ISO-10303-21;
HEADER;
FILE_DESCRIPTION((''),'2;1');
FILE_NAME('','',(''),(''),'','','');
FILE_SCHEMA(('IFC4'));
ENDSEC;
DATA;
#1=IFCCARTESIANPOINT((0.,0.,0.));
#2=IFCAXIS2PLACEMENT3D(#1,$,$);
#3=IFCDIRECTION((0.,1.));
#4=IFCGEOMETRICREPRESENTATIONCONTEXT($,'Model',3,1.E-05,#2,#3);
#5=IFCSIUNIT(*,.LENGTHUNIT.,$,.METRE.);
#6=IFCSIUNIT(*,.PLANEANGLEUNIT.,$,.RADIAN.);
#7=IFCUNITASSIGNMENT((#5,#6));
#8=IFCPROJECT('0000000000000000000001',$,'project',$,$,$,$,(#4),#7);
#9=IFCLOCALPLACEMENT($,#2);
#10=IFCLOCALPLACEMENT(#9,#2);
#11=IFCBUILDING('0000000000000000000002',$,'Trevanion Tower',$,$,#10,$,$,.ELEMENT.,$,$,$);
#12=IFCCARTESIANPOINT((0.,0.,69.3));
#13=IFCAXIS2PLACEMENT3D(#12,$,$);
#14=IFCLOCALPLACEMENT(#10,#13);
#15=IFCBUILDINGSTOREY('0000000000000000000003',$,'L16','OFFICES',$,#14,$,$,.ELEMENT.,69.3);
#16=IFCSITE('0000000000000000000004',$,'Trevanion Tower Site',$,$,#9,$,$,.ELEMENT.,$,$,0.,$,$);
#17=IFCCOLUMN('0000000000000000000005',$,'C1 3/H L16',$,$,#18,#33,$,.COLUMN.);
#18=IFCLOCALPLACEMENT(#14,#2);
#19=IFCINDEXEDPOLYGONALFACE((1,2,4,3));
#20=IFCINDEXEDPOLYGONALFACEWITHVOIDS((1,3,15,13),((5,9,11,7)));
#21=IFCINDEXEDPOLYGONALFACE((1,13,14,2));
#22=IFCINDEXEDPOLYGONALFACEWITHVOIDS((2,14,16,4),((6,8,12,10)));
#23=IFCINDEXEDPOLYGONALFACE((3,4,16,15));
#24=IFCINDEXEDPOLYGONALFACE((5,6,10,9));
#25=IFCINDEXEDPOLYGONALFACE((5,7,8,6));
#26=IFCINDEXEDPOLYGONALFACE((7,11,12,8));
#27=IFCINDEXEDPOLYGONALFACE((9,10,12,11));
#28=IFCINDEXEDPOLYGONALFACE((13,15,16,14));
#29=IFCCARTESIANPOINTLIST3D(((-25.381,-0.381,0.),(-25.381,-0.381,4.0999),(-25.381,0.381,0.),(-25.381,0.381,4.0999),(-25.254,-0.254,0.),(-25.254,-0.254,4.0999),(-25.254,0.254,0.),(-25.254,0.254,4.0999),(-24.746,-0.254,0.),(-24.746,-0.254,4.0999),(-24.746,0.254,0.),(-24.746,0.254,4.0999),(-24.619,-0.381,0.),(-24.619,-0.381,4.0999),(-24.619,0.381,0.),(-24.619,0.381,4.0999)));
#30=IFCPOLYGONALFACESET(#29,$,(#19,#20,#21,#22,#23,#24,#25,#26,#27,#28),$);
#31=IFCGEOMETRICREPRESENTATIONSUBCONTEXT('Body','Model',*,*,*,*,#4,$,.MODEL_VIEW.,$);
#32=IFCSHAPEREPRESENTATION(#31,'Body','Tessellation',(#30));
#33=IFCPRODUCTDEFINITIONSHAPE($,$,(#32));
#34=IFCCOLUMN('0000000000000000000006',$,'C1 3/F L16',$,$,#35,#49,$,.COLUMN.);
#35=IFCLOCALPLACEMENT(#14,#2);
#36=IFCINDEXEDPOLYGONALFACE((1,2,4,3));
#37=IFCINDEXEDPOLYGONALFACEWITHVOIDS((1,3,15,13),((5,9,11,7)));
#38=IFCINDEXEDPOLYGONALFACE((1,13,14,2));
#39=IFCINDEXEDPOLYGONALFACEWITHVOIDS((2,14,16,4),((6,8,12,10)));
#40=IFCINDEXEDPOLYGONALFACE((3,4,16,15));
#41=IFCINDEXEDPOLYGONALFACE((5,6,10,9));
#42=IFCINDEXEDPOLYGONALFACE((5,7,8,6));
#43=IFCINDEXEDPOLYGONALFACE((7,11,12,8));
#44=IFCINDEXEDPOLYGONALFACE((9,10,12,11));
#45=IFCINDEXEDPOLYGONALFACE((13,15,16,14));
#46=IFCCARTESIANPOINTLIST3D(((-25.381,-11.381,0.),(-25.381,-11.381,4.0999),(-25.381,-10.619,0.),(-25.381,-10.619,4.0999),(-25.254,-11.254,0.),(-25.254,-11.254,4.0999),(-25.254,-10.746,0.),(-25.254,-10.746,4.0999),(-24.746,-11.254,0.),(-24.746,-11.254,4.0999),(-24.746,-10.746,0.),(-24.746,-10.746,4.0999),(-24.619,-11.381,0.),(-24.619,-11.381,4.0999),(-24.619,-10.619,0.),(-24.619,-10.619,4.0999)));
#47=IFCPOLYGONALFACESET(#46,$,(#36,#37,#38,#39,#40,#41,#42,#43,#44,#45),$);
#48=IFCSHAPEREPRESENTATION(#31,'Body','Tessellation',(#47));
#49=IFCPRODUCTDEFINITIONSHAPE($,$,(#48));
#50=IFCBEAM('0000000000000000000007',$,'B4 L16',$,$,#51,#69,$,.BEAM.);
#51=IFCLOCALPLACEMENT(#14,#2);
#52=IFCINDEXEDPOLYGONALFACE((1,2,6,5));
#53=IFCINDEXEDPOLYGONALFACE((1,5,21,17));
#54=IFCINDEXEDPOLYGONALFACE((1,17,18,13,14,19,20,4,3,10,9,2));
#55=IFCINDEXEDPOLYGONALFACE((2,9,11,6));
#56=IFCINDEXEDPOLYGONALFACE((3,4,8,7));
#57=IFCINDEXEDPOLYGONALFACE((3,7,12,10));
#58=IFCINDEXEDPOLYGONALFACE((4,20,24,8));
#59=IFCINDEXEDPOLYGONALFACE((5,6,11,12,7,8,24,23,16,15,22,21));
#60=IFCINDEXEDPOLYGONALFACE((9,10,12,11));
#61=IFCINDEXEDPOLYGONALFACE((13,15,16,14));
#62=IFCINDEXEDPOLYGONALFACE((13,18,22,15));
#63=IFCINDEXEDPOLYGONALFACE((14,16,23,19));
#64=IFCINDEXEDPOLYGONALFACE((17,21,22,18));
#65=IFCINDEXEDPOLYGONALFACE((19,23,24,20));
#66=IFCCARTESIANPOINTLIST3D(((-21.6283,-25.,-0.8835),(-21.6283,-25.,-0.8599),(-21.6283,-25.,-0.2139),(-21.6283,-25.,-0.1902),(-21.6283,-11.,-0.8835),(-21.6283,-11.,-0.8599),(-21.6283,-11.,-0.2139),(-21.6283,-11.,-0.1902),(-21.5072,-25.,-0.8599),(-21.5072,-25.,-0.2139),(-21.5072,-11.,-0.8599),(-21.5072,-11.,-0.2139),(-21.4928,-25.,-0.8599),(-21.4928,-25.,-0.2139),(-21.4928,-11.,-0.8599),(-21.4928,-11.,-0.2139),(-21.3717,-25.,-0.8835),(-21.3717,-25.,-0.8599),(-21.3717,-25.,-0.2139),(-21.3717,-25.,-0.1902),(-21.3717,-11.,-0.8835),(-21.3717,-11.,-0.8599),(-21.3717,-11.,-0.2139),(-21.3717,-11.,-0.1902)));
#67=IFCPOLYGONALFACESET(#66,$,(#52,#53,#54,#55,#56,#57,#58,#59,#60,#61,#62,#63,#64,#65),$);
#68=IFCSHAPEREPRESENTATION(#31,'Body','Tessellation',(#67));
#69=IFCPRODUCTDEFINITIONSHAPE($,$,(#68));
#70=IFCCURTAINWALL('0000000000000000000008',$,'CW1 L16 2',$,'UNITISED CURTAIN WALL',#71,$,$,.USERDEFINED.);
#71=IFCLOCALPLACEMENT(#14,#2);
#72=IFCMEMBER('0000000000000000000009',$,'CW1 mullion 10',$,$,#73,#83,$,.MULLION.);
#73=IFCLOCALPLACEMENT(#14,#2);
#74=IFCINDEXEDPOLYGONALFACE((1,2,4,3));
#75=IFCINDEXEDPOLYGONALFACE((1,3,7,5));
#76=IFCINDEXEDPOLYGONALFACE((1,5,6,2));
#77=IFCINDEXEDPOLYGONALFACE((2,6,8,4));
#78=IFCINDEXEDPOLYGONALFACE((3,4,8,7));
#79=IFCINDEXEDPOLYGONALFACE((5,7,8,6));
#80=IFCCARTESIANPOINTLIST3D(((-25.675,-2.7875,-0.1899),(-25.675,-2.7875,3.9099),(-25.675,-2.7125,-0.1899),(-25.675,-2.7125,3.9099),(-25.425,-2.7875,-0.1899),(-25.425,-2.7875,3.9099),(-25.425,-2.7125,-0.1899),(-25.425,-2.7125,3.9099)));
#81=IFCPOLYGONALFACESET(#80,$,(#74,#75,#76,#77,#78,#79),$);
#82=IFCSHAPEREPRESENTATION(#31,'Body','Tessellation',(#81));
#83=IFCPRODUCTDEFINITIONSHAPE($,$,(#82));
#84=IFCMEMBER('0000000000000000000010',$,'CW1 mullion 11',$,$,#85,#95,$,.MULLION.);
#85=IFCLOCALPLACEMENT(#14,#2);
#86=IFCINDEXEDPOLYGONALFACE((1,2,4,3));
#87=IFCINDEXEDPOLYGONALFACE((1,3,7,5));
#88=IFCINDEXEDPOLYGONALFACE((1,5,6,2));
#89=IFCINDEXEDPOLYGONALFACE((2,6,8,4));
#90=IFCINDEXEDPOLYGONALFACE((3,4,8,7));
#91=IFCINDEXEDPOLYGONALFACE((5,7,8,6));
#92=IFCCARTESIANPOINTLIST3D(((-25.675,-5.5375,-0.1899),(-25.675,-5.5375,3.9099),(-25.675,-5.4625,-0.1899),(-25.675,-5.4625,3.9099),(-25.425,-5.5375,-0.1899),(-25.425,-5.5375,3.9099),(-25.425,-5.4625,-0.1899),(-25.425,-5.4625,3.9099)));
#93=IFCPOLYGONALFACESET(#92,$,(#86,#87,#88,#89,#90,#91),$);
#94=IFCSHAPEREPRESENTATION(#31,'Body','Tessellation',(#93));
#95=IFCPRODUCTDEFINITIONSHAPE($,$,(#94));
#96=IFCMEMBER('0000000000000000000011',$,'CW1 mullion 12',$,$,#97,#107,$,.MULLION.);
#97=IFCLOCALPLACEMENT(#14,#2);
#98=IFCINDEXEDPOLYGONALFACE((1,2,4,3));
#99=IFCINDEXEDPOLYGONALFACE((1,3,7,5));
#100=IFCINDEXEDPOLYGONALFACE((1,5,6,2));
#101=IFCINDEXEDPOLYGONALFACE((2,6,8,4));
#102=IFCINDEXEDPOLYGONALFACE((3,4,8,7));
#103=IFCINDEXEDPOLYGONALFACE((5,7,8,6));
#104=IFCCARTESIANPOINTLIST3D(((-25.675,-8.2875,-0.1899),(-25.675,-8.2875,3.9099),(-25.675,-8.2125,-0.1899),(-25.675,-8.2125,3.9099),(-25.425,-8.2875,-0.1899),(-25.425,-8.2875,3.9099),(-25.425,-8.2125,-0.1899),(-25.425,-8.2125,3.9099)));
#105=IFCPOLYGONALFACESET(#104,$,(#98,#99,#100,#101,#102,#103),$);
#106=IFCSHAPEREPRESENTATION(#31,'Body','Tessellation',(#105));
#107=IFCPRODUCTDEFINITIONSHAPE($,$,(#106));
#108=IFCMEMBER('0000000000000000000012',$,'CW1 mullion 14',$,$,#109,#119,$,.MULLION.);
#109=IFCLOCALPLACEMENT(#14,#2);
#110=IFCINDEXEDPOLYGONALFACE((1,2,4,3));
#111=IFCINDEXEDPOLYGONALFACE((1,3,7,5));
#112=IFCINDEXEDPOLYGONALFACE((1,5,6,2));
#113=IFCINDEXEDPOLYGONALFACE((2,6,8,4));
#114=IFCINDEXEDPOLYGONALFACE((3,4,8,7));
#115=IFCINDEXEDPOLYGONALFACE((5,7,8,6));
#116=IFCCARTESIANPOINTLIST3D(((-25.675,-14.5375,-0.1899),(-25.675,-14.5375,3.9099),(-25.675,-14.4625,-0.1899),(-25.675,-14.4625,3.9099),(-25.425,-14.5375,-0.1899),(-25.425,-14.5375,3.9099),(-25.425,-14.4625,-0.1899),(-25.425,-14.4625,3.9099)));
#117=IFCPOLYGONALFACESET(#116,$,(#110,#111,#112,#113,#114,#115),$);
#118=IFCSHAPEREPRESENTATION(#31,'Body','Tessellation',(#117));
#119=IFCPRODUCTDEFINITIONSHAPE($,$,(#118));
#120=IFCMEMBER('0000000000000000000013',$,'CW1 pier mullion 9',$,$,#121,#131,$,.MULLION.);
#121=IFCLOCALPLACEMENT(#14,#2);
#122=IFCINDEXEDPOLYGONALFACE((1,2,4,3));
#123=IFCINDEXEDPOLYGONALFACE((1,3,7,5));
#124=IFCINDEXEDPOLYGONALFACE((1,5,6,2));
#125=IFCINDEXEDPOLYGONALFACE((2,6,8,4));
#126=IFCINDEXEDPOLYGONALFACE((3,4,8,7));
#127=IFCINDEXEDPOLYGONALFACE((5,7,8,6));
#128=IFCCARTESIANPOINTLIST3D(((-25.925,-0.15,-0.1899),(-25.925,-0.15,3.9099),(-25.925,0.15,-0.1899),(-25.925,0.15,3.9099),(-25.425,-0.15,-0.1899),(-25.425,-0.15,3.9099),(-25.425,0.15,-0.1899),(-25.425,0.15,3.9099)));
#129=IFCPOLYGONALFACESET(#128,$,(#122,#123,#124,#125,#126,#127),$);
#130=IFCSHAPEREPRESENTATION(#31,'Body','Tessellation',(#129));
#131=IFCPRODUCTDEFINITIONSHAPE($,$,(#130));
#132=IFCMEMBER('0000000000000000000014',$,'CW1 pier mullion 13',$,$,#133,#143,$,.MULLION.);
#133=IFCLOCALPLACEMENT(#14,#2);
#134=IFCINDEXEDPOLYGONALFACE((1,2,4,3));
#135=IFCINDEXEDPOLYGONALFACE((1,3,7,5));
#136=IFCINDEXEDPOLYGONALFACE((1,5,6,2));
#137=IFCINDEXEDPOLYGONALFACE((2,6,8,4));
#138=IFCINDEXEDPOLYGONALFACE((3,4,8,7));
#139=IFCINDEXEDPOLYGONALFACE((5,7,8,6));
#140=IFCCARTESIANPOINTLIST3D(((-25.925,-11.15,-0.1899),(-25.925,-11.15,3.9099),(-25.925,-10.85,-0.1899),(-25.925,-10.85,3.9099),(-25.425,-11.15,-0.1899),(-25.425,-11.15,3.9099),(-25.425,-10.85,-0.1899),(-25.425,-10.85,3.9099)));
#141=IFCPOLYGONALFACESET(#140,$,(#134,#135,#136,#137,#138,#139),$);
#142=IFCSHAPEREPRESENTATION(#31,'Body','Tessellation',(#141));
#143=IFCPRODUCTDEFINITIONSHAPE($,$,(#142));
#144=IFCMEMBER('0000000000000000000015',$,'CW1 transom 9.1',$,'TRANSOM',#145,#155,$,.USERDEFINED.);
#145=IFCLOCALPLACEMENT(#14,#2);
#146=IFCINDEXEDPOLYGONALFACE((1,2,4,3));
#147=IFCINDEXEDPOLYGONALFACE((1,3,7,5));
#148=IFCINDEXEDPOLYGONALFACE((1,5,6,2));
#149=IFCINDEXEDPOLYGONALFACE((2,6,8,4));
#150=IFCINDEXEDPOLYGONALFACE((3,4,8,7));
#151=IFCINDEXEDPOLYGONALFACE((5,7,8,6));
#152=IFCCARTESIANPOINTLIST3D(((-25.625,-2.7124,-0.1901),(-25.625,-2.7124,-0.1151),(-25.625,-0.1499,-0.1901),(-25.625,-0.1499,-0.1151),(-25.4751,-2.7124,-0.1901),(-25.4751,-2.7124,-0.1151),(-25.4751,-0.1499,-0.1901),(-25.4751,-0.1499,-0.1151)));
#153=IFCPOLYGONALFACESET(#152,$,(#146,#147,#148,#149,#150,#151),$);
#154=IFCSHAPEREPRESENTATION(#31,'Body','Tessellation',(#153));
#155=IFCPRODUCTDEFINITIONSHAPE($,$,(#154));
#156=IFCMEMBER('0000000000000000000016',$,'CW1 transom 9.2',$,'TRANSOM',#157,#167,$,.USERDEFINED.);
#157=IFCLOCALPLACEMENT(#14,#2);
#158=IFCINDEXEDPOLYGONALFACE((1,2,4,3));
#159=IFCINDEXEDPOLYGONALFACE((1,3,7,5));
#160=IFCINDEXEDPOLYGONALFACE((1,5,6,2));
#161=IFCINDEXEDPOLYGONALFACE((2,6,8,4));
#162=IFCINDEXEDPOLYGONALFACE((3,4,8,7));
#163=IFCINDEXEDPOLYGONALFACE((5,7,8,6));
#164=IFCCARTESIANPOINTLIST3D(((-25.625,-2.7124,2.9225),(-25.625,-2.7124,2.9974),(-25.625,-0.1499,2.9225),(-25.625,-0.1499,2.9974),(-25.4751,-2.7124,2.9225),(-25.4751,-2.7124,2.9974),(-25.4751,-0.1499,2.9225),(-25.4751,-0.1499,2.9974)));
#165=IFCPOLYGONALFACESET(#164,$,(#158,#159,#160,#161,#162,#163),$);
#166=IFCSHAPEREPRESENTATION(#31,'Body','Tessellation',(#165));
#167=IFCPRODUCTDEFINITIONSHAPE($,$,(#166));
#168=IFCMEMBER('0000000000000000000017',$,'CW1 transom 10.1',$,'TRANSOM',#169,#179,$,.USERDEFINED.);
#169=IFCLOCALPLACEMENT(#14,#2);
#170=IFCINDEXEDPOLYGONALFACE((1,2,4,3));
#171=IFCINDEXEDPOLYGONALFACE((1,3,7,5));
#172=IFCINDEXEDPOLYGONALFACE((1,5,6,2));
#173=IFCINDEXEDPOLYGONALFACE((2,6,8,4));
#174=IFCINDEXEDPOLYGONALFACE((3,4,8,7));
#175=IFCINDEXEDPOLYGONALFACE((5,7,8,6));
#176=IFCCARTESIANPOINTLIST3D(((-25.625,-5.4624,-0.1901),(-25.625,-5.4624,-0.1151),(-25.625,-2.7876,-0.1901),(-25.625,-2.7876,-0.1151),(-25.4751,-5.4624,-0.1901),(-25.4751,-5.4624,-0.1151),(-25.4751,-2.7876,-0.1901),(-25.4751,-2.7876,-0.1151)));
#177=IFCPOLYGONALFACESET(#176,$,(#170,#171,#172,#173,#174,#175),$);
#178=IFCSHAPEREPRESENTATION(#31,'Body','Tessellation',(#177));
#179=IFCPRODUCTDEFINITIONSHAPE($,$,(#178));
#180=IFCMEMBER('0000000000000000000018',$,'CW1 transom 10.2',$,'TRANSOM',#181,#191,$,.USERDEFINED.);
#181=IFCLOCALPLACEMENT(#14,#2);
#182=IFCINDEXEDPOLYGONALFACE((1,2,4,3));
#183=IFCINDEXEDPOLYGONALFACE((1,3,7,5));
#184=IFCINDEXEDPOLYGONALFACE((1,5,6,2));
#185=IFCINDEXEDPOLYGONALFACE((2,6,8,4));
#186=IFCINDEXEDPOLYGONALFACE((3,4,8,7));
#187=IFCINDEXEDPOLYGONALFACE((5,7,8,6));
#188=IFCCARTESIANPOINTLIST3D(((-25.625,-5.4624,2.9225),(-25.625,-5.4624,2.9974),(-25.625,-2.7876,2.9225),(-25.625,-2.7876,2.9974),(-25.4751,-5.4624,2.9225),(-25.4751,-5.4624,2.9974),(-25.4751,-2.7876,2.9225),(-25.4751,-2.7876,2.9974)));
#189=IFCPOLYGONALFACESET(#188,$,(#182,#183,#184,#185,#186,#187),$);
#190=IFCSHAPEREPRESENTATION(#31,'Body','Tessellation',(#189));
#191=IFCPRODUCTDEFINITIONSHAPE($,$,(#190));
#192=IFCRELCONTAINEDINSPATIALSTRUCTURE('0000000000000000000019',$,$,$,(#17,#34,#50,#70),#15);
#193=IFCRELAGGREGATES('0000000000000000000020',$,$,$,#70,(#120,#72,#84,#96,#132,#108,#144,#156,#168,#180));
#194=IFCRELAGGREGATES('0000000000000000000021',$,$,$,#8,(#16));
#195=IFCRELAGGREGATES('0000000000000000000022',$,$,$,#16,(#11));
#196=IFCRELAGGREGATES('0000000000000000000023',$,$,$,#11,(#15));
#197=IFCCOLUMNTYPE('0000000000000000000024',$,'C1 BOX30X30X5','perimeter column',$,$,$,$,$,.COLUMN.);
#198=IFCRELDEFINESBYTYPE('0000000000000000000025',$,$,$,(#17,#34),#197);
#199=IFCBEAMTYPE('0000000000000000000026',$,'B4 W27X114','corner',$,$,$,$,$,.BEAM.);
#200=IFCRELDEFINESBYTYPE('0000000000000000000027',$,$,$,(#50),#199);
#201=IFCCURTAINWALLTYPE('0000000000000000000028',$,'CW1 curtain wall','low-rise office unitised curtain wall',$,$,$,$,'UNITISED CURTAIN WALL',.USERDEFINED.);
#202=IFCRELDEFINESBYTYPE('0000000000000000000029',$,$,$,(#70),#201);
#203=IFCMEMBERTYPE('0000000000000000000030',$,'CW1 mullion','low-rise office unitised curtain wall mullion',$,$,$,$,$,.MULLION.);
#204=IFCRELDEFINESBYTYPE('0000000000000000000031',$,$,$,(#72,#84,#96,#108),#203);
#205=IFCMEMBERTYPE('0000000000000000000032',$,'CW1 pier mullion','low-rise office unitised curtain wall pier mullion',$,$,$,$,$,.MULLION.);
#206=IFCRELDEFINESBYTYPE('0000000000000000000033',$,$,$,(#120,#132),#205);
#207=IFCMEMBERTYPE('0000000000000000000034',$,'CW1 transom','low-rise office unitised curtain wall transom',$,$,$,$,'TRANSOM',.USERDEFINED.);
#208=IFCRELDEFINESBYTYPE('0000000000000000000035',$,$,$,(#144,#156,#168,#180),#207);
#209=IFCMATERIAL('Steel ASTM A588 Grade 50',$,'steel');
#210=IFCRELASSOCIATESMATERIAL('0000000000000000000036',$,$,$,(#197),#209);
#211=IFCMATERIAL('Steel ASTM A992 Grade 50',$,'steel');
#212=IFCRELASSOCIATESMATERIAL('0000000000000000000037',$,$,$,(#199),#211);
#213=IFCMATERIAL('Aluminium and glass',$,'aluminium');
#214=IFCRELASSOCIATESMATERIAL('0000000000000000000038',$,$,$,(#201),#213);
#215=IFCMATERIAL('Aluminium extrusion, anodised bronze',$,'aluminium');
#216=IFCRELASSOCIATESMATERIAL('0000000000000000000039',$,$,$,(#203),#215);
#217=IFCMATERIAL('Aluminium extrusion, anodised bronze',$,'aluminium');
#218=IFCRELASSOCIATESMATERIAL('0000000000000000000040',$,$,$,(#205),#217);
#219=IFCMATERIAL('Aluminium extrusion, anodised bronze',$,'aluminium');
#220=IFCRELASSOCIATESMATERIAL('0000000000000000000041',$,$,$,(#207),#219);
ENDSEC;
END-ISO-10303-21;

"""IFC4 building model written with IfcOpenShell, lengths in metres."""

from ifc_helpers import new_model, si_unit, direction, frame, origin, origin_2d, place, context, subcontext, project, spatial, rectangle, hollow_rectangle, i_section, extrude, material, material_profile, profile_set, type_object, element, aggregate, save


model = new_model("IFC4")

# Units and contexts
model_context = context("Model", 3, precision=1e-05, world=origin(), true_north=direction((0.0, 1.0)))
body_context = subcontext(model_context, "Body", "Model", "MODEL_VIEW")
ifc_project = project(units=[si_unit("LENGTHUNIT", "METRE"), si_unit("PLANEANGLEUNIT", "RADIAN")], contexts=[model_context])

# Site, building, storey
site_placement = place(None, origin())
site = spatial("IfcSite", under=ifc_project, at=site_placement, Name="Trevanion Tower Site", CompositionType="ELEMENT", RefElevation=0.0)
building_placement = place(site_placement, origin())
building = spatial("IfcBuilding", under=site, at=building_placement, Name="Trevanion Tower", CompositionType="ELEMENT")
storey_placement = place(building_placement, frame((0.0, 0.0, 69.3)))
storey = spatial("IfcBuildingStorey", under=building, at=storey_placement, Name="L16", Description="OFFICES", CompositionType="ELEMENT", Elevation=69.3)

# Columns
ifc_material_1 = material(Name="Steel ASTM A588 Grade 50", Category="steel")
ifc_material_profile_1 = material_profile(ifc_material_1, hollow_rectangle(XDim=0.762, YDim=0.762, WallThickness=0.127, at=origin_2d()), Name="BOX30X30X5")
ifc_profile_set_1 = profile_set([ifc_material_profile_1], Name="Steel ASTM A588 Grade 50")
column_type = type_object("IfcColumnType", Name="C1 BOX30X30X5", Description="perimeter column", PredefinedType="COLUMN", material=ifc_profile_set_1)
for number, where, z_axis, x_axis, name in (
    (1, (-25.0, 0.0, 0.0), (0.0, 0.0, 1.0), (0.0, 1.0, 0.0), "C1 3/H L16"),
    (2, (-25.0, -11.0, 0.0), (0.0, 0.0, 1.0), (0.0, 1.0, 0.0), "C1 3/F L16"),
):
    element("IfcColumn", number, at=place(storey_placement, frame(where, z_axis=z_axis, x_axis=x_axis)), inside=storey, type_object=column_type, Name=name, PredefinedType="COLUMN", context=body_context, shape_type="SweptSolid", body=[
        extrude(hollow_rectangle(XDim=0.762, YDim=0.762, WallThickness=0.127, at=origin_2d()), origin(), (0.0, 0.0, 1.0), 4.0999),
    ])

# Beam
ifc_material_2 = material(Name="Steel ASTM A992 Grade 50", Category="steel")
ifc_material_profile_2 = material_profile(ifc_material_2, i_section(OverallWidth=0.2566, OverallDepth=0.6934, WebThickness=0.0144, FlangeThickness=0.0237, at=origin_2d()), Name="W27X114")
ifc_profile_set_2 = profile_set([ifc_material_profile_2], Name="Steel ASTM A992 Grade 50")
beam_type_1 = type_object("IfcBeamType", Name="B4 W27X114", Description="corner", PredefinedType="BEAM", material=ifc_profile_set_2)
beam_1_placement = place(storey_placement, frame((-21.5, -11.0, -0.5369), z_axis=(0.0, -1.0, 0.0), x_axis=(1.0, 0.0, 0.0)))
element("IfcBeam", 3, at=beam_1_placement, inside=storey, type_object=beam_type_1, Name="B4 L16", PredefinedType="BEAM", context=body_context, shape_type="SweptSolid", body=[
    extrude(i_section(OverallWidth=0.2566, OverallDepth=0.6934, WebThickness=0.0144, FlangeThickness=0.0237, at=origin_2d()), origin(), (0.0, 0.0, 1.0), 14.0),
])

# Curtain wall, members
ifc_material_3 = material(Name="Aluminium and glass", Category="aluminium")
curtain_wall_type = type_object("IfcCurtainWallType", Name="CW1 curtain wall", Description="low-rise office unitised curtain wall", ElementType="UNITISED CURTAIN WALL", PredefinedType="USERDEFINED", material=ifc_material_3)
curtain_wall_placement = place(storey_placement, origin())
curtain_wall = element("IfcCurtainWall", 4, at=curtain_wall_placement, inside=storey, type_object=curtain_wall_type, Name="CW1 L16 2", ObjectType="UNITISED CURTAIN WALL", PredefinedType="USERDEFINED")
ifc_material_4 = material(Name="Aluminium extrusion, anodised bronze", Category="aluminium")
ifc_material_profile_3 = material_profile(ifc_material_4, rectangle(XDim=0.075, YDim=0.25, at=origin_2d()), Name="CW1 mullion")
ifc_profile_set_3 = profile_set([ifc_material_profile_3], Name="Aluminium extrusion, anodised bronze")
member_type_1 = type_object("IfcMemberType", Name="CW1 mullion", Description="low-rise office unitised curtain wall mullion", PredefinedType="MULLION", material=ifc_profile_set_3)
member_1_placement = place(storey_placement, frame((-25.55, -2.75, -0.1899), z_axis=(0.0, 0.0, 1.0), x_axis=(0.0, -1.0, 0.0)))
member_1 = element("IfcMember", 5, at=member_1_placement, type_object=member_type_1, Name="CW1 mullion 10", PredefinedType="MULLION", context=body_context, shape_type="SweptSolid", body=[
    extrude(rectangle(XDim=0.075, YDim=0.25, at=origin_2d()), origin(), (0.0, 0.0, 1.0), 4.0999),
])
member_2_placement = place(storey_placement, frame((-25.55, -5.5, -0.1899), z_axis=(0.0, 0.0, 1.0), x_axis=(0.0, -1.0, 0.0)))
member_2 = element("IfcMember", 6, at=member_2_placement, type_object=member_type_1, Name="CW1 mullion 11", PredefinedType="MULLION", context=body_context, shape_type="SweptSolid", body=[
    extrude(rectangle(XDim=0.075, YDim=0.25, at=origin_2d()), origin(), (0.0, 0.0, 1.0), 4.0999),
])
member_3_placement = place(storey_placement, frame((-25.55, -8.25, -0.1899), z_axis=(0.0, 0.0, 1.0), x_axis=(0.0, -1.0, 0.0)))
member_3 = element("IfcMember", 7, at=member_3_placement, type_object=member_type_1, Name="CW1 mullion 12", PredefinedType="MULLION", context=body_context, shape_type="SweptSolid", body=[
    extrude(rectangle(XDim=0.075, YDim=0.25, at=origin_2d()), origin(), (0.0, 0.0, 1.0), 4.0999),
])
member_4_placement = place(storey_placement, frame((-25.55, -14.5, -0.1899), z_axis=(0.0, 0.0, 1.0), x_axis=(0.0, -1.0, 0.0)))
member_4 = element("IfcMember", 8, at=member_4_placement, type_object=member_type_1, Name="CW1 mullion 14", PredefinedType="MULLION", context=body_context, shape_type="SweptSolid", body=[
    extrude(rectangle(XDim=0.075, YDim=0.25, at=origin_2d()), origin(), (0.0, 0.0, 1.0), 4.0999),
])
ifc_material_5 = material(Name="Aluminium extrusion, anodised bronze", Category="aluminium")
ifc_material_profile_4 = material_profile(ifc_material_5, rectangle(XDim=0.3, YDim=0.5, at=origin_2d()), Name="CW1 pier mullion")
ifc_profile_set_4 = profile_set([ifc_material_profile_4], Name="Aluminium extrusion, anodised bronze")
member_type_2 = type_object("IfcMemberType", Name="CW1 pier mullion", Description="low-rise office unitised curtain wall pier mullion", PredefinedType="MULLION", material=ifc_profile_set_4)
member_5_placement = place(storey_placement, frame((-25.675, 0.0, -0.1899), z_axis=(0.0, 0.0, 1.0), x_axis=(0.0, -1.0, 0.0)))
member_5 = element("IfcMember", 9, at=member_5_placement, type_object=member_type_2, Name="CW1 pier mullion 9", PredefinedType="MULLION", context=body_context, shape_type="SweptSolid", body=[
    extrude(rectangle(XDim=0.3, YDim=0.5, at=origin_2d()), origin(), (0.0, 0.0, 1.0), 4.0999),
])
member_6_placement = place(storey_placement, frame((-25.675, -11.0, -0.1899), z_axis=(0.0, 0.0, 1.0), x_axis=(0.0, -1.0, 0.0)))
member_6 = element("IfcMember", 10, at=member_6_placement, type_object=member_type_2, Name="CW1 pier mullion 13", PredefinedType="MULLION", context=body_context, shape_type="SweptSolid", body=[
    extrude(rectangle(XDim=0.3, YDim=0.5, at=origin_2d()), origin(), (0.0, 0.0, 1.0), 4.0999),
])
ifc_material_6 = material(Name="Aluminium extrusion, anodised bronze", Category="aluminium")
ifc_material_profile_5 = material_profile(ifc_material_6, rectangle(XDim=0.1499, YDim=0.075, at=origin_2d()), Name="CW1 transom")
ifc_profile_set_5 = profile_set([ifc_material_profile_5], Name="Aluminium extrusion, anodised bronze")
member_type_3 = type_object("IfcMemberType", Name="CW1 transom", Description="low-rise office unitised curtain wall transom", ElementType="TRANSOM", PredefinedType="USERDEFINED", material=ifc_profile_set_5)
member_7_placement = place(storey_placement, frame((-25.55, -0.1499, -0.1526), z_axis=(0.0, -1.0, 0.0), x_axis=(1.0, 0.0, 0.0)))
member_7 = element("IfcMember", 11, at=member_7_placement, type_object=member_type_3, Name="CW1 transom 9.1", ObjectType="TRANSOM", PredefinedType="USERDEFINED", context=body_context, shape_type="SweptSolid", body=[
    extrude(rectangle(XDim=0.1499, YDim=0.075, at=origin_2d()), origin(), (0.0, 0.0, 1.0), 2.5625),
])
member_8_placement = place(storey_placement, frame((-25.55, -0.1499, 2.96), z_axis=(0.0, -1.0, 0.0), x_axis=(1.0, 0.0, 0.0)))
member_8 = element("IfcMember", 12, at=member_8_placement, type_object=member_type_3, Name="CW1 transom 9.2", ObjectType="TRANSOM", PredefinedType="USERDEFINED", context=body_context, shape_type="SweptSolid", body=[
    extrude(rectangle(XDim=0.1499, YDim=0.075, at=origin_2d()), origin(), (0.0, 0.0, 1.0), 2.5625),
])
member_9_placement = place(storey_placement, frame((-25.55, -2.7876, -0.1526), z_axis=(0.0, -1.0, 0.0), x_axis=(1.0, 0.0, 0.0)))
member_9 = element("IfcMember", 13, at=member_9_placement, type_object=member_type_3, Name="CW1 transom 10.1", ObjectType="TRANSOM", PredefinedType="USERDEFINED", context=body_context, shape_type="SweptSolid", body=[
    extrude(rectangle(XDim=0.1499, YDim=0.075, at=origin_2d()), origin(), (0.0, 0.0, 1.0), 2.6748),
])
member_10_placement = place(storey_placement, frame((-25.55, -2.7876, 2.96), z_axis=(0.0, -1.0, 0.0), x_axis=(1.0, 0.0, 0.0)))
member_10 = element("IfcMember", 14, at=member_10_placement, type_object=member_type_3, Name="CW1 transom 10.2", ObjectType="TRANSOM", PredefinedType="USERDEFINED", context=body_context, shape_type="SweptSolid", body=[
    extrude(rectangle(XDim=0.1499, YDim=0.075, at=origin_2d()), origin(), (0.0, 0.0, 1.0), 2.6748),
])

aggregate(curtain_wall, [member_5, member_1, member_2, member_3, member_6, member_4, member_7, member_8, member_9, member_10])

save(model, "model.ifc")
